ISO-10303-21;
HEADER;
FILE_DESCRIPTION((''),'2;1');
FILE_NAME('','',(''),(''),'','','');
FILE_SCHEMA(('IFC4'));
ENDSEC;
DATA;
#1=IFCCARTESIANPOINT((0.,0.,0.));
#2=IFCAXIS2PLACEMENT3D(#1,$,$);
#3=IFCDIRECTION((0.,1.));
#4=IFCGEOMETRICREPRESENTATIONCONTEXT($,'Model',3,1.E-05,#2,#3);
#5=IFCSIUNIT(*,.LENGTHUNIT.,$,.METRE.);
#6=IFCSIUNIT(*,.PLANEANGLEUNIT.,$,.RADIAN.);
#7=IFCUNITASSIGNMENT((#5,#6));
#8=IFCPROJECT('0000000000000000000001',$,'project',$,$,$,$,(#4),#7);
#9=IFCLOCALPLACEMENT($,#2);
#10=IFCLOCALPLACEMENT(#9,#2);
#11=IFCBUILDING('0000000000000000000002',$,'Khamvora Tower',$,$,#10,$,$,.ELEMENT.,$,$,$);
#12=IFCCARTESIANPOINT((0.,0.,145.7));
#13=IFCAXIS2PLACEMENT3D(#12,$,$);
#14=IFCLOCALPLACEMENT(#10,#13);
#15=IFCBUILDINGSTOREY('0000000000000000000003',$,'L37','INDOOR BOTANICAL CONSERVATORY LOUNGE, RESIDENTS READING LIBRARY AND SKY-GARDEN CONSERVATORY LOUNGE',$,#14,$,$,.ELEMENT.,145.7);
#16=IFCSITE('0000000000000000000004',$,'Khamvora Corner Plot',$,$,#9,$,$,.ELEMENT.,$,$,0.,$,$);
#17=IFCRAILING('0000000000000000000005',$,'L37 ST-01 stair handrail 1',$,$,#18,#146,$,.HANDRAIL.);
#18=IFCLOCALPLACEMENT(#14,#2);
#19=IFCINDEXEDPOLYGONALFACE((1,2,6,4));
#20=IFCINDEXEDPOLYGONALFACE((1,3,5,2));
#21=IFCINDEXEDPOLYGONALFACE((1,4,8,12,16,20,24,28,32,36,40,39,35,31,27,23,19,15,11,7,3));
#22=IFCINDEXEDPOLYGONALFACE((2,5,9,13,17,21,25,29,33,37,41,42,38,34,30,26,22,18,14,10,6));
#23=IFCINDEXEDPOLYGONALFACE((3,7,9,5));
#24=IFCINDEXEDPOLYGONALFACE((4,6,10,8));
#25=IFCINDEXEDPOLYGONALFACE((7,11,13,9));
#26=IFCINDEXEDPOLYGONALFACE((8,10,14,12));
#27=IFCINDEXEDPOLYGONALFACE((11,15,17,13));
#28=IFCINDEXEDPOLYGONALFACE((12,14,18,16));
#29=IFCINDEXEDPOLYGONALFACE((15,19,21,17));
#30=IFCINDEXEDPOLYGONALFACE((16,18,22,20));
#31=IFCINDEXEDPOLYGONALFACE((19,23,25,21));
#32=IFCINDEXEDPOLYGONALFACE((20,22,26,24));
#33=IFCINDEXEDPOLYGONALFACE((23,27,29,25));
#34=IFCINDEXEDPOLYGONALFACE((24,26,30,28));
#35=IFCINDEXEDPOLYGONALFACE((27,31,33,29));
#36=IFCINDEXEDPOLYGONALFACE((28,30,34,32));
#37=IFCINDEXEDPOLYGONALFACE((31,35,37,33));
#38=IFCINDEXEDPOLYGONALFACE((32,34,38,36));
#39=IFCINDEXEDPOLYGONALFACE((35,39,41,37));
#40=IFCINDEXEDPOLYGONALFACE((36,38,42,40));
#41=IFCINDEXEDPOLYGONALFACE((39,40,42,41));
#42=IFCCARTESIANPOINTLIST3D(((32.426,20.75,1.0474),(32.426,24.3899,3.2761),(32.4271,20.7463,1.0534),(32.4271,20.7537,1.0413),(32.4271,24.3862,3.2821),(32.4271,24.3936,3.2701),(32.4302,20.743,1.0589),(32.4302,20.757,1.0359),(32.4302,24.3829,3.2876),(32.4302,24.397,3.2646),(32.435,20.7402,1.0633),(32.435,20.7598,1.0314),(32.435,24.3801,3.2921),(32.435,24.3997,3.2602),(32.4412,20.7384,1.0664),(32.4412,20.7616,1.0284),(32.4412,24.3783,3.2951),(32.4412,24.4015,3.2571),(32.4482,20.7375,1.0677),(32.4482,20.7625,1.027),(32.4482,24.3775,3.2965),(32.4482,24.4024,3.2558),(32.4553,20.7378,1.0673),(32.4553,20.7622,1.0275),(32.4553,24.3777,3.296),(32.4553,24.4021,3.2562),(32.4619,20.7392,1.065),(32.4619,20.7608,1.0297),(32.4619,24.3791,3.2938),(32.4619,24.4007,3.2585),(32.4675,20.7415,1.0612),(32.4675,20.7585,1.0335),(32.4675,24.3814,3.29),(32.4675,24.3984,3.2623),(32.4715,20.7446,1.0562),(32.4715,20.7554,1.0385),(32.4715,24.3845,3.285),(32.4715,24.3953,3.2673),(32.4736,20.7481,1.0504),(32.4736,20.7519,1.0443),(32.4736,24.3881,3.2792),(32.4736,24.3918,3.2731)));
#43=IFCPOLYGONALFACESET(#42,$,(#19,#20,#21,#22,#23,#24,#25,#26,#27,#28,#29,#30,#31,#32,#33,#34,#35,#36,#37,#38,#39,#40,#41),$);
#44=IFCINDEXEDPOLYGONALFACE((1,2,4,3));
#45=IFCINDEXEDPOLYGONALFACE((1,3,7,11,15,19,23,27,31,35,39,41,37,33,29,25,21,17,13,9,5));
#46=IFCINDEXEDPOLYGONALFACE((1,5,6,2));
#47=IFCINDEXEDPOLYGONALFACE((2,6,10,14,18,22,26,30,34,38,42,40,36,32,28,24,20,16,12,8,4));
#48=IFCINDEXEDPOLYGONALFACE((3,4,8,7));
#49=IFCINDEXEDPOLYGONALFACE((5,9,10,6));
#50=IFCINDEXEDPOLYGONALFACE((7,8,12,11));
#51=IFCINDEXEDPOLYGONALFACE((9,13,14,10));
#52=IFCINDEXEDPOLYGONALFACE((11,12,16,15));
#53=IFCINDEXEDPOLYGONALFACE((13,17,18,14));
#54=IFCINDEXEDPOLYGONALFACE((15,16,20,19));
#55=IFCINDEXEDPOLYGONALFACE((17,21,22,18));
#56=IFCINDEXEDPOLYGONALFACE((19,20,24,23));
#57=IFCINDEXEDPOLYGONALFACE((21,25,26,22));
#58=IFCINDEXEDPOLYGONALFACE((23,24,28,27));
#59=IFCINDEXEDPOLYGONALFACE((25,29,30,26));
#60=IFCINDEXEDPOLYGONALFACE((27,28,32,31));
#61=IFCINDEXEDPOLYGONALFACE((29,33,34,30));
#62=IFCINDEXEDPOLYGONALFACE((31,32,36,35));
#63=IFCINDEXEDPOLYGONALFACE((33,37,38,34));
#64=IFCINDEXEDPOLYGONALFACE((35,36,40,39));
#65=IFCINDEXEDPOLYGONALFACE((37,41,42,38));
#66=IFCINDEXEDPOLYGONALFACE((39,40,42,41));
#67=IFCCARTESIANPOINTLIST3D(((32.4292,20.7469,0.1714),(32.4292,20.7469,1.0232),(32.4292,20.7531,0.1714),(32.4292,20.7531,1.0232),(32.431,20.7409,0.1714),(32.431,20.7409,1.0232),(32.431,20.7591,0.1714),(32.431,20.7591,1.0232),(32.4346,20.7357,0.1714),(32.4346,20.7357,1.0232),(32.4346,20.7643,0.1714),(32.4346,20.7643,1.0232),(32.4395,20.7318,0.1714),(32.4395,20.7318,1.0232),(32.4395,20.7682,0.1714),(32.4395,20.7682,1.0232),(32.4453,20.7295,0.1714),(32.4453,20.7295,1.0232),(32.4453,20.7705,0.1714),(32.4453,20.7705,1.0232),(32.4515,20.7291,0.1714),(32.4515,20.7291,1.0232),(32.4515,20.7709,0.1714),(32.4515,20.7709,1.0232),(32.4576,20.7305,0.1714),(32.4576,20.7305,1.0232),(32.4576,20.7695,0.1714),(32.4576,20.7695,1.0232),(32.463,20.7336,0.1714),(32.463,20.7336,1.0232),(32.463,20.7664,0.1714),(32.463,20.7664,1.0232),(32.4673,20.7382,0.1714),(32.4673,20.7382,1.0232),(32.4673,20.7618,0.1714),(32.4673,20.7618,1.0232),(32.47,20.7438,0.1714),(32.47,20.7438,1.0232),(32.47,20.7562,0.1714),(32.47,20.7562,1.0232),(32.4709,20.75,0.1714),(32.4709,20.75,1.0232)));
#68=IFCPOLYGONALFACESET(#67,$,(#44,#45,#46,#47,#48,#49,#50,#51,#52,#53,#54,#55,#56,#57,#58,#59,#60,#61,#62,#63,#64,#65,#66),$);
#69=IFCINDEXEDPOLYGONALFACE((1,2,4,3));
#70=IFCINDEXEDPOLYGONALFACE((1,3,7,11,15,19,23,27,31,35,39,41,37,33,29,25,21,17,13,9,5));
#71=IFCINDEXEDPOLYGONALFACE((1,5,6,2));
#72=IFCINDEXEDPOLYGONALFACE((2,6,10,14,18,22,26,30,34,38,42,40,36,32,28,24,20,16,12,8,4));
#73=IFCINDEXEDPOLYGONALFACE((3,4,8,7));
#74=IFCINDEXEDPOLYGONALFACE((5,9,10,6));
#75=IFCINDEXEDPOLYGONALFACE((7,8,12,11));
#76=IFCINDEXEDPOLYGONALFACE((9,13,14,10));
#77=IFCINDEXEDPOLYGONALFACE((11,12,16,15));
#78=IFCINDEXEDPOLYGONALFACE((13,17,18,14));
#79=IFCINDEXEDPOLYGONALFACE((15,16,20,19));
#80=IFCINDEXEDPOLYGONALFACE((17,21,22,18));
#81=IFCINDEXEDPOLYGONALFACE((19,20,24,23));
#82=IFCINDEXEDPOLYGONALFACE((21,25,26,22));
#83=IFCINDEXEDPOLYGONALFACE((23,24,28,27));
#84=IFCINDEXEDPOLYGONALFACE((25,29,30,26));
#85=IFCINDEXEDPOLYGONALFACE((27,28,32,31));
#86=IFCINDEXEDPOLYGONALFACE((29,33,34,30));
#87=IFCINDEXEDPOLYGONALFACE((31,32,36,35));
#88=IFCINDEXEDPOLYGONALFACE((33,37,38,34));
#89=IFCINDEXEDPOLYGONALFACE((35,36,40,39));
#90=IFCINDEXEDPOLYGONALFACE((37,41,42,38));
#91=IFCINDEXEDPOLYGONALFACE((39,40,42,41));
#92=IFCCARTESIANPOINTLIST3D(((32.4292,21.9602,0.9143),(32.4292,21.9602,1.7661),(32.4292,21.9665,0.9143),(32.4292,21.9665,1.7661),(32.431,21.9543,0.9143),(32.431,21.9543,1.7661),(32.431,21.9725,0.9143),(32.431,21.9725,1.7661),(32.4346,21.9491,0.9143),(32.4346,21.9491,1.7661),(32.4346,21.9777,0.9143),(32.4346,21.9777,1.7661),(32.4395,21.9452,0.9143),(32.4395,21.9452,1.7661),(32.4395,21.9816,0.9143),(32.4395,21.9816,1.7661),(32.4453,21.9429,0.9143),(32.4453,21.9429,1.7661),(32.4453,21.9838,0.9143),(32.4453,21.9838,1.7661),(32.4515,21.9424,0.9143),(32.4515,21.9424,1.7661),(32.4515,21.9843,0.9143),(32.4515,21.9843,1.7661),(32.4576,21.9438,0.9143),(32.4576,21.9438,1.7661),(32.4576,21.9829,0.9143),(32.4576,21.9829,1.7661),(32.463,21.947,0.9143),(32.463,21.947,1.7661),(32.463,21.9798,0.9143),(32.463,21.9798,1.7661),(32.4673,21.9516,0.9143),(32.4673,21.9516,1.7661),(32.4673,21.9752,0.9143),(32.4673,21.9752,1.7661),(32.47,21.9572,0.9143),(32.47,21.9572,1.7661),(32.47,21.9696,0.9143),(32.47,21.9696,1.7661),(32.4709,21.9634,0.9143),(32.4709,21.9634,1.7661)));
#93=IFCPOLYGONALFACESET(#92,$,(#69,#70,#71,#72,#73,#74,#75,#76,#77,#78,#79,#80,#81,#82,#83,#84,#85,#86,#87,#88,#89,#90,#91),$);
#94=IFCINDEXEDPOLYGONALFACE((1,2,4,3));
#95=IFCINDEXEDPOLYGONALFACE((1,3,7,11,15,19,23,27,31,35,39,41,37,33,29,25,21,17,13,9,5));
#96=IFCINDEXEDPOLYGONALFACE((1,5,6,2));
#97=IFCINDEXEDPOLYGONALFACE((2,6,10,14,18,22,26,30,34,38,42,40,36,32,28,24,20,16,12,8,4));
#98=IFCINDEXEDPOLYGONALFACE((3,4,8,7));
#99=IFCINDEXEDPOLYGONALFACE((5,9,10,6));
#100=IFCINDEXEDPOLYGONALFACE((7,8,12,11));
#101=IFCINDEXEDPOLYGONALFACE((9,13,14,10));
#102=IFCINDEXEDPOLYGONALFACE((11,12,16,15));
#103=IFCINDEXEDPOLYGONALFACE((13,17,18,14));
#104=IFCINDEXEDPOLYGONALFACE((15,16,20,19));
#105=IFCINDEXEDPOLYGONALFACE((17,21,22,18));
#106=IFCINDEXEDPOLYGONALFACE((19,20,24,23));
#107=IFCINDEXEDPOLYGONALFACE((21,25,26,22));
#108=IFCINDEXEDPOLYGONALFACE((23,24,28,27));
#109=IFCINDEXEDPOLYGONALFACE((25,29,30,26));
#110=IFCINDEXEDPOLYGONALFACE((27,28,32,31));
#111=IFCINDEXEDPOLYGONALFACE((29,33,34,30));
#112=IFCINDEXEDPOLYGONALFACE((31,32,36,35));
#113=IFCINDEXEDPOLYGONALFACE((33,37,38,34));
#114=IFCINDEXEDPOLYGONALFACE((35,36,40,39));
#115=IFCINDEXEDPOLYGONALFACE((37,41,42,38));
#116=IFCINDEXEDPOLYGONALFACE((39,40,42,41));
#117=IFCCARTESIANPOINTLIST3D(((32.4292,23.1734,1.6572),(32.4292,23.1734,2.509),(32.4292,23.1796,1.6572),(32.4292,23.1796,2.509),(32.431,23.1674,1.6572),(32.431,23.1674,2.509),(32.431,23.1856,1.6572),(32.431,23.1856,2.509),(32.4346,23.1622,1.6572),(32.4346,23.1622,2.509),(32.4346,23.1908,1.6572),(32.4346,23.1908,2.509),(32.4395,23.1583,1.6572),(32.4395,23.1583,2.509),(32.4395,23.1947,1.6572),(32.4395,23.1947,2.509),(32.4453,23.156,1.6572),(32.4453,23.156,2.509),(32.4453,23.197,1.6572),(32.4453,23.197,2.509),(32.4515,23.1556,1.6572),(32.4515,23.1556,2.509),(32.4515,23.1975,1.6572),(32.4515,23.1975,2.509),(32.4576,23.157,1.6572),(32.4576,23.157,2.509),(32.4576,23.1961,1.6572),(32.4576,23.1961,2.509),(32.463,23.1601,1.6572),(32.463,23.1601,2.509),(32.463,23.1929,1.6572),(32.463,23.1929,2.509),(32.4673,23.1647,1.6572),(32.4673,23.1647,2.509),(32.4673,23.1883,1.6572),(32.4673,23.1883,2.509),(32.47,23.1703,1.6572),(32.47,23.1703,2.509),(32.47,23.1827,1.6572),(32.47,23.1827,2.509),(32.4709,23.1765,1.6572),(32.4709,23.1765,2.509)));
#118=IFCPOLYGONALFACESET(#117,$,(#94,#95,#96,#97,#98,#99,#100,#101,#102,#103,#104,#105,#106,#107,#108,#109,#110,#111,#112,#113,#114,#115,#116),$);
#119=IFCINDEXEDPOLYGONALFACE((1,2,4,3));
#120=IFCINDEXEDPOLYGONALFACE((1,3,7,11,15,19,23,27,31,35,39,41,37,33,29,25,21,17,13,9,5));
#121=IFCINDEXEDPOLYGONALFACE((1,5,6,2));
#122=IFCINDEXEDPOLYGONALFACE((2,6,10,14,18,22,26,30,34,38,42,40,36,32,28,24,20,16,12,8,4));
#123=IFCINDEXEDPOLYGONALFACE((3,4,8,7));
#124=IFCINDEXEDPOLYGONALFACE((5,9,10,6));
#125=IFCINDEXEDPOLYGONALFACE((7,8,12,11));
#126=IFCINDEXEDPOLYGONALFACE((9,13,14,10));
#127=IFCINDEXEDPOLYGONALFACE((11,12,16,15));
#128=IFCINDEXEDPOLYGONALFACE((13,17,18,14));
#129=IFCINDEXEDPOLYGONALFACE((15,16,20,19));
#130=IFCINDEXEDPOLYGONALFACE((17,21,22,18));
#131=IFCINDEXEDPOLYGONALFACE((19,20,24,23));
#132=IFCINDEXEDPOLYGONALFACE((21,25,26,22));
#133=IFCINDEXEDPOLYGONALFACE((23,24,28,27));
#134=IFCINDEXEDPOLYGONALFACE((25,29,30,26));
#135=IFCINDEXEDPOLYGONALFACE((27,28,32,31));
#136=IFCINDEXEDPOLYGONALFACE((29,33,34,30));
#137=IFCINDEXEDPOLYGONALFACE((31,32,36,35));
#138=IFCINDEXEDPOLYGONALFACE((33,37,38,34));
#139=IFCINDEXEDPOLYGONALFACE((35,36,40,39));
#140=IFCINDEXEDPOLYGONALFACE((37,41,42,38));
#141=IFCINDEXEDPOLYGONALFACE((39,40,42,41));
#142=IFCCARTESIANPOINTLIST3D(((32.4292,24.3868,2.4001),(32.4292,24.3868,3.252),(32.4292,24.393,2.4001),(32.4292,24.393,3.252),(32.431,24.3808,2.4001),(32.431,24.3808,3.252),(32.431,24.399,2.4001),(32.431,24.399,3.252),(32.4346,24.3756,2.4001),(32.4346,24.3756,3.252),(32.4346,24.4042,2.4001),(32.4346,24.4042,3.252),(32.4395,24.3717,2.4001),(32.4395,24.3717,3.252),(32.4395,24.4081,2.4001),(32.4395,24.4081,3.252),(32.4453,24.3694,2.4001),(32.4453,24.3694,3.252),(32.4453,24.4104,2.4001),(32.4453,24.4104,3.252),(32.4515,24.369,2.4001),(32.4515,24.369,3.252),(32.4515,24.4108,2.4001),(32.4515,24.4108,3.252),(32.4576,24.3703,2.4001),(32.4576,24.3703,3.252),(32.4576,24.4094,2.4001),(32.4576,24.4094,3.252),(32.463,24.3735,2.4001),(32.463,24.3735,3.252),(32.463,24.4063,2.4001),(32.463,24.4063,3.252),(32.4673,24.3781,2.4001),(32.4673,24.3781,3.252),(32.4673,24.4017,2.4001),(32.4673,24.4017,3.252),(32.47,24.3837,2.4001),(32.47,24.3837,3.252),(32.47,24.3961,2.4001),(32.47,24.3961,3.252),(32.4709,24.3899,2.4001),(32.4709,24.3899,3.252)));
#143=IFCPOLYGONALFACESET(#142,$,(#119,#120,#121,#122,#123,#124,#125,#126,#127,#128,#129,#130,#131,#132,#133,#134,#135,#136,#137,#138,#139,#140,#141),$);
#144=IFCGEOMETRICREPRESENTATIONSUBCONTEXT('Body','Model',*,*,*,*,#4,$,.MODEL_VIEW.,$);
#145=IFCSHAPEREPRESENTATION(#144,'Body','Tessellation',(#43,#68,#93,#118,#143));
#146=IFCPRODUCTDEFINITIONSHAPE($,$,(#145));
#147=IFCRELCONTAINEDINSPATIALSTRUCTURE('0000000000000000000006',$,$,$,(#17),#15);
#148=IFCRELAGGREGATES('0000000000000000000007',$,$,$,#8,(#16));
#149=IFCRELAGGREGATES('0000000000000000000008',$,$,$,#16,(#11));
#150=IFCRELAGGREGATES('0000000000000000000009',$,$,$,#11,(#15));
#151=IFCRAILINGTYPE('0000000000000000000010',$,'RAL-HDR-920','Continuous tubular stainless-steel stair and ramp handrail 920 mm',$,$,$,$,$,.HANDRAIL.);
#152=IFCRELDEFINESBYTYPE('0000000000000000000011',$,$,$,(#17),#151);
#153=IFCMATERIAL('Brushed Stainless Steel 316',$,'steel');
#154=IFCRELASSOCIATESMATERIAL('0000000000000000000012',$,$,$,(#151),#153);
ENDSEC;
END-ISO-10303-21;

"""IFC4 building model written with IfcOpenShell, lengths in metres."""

from ifc_helpers import new_model, si_unit, direction, frame, origin, origin_2d, place, context, subcontext, project, spatial, circle, extrude, material, type_object, element, save


model = new_model("IFC4")

# Units and contexts
model_context = context("Model", 3, precision=1e-05, world=origin(), true_north=direction((0.0, 1.0)))
body_context = subcontext(model_context, "Body", "Model", "MODEL_VIEW")
ifc_project = project(units=[si_unit("LENGTHUNIT", "METRE"), si_unit("PLANEANGLEUNIT", "RADIAN")], contexts=[model_context])

# Site, building, storey
site_placement = place(None, origin())
site = spatial("IfcSite", under=ifc_project, at=site_placement, Name="Khamvora Corner Plot", CompositionType="ELEMENT", RefElevation=0.0)
building_placement = place(site_placement, origin())
building = spatial("IfcBuilding", under=site, at=building_placement, Name="Khamvora Tower", CompositionType="ELEMENT")
storey_placement = place(building_placement, frame((0.0, 0.0, 145.7)))
storey = spatial("IfcBuildingStorey", under=building, at=storey_placement, Name="L37", Description="INDOOR BOTANICAL CONSERVATORY LOUNGE, RESIDENTS READING LIBRARY AND SKY-GARDEN CONSERVATORY LOUNGE", CompositionType="ELEMENT", Elevation=145.7)

# Railing
ifc_material_1 = material(Name="Brushed Stainless Steel 316", Category="steel")
railing_type = type_object("IfcRailingType", Name="RAL-HDR-920", Description="Continuous tubular stainless-steel stair and ramp handrail 920 mm", PredefinedType="HANDRAIL", material=ifc_material_1)
railing_placement = place(storey_placement, frame((32.45, 20.75, 0.1714)))
element("IfcRailing", 1, at=railing_placement, inside=storey, type_object=railing_type, Name="L37 ST-01 stair handrail 1", PredefinedType="HANDRAIL", context=body_context, shape_type="SweptSolid", body=[
    extrude(circle(Radius=0.0239, at=origin_2d()), frame((0.0, 0.0, 0.876), z_axis=(0.0, 0.852825, 0.522197), x_axis=(-1.0, 0.0, 0.0)), (0.0, 0.0, 1.0), 4.2681),
    extrude(circle(Radius=0.021, at=origin_2d()), origin(), (0.0, 0.0, 1.0), 0.8518),
    extrude(circle(Radius=0.021, at=origin_2d()), frame((0.0, 1.2134, 0.7429)), (0.0, 0.0, 1.0), 0.8518),
    extrude(circle(Radius=0.021, at=origin_2d()), frame((0.0, 2.4265, 1.4858)), (0.0, 0.0, 1.0), 0.8518),
    extrude(circle(Radius=0.021, at=origin_2d()), frame((0.0, 3.6399, 2.2288)), (0.0, 0.0, 1.0), 0.8518),
])

save(model, "model.ifc")
